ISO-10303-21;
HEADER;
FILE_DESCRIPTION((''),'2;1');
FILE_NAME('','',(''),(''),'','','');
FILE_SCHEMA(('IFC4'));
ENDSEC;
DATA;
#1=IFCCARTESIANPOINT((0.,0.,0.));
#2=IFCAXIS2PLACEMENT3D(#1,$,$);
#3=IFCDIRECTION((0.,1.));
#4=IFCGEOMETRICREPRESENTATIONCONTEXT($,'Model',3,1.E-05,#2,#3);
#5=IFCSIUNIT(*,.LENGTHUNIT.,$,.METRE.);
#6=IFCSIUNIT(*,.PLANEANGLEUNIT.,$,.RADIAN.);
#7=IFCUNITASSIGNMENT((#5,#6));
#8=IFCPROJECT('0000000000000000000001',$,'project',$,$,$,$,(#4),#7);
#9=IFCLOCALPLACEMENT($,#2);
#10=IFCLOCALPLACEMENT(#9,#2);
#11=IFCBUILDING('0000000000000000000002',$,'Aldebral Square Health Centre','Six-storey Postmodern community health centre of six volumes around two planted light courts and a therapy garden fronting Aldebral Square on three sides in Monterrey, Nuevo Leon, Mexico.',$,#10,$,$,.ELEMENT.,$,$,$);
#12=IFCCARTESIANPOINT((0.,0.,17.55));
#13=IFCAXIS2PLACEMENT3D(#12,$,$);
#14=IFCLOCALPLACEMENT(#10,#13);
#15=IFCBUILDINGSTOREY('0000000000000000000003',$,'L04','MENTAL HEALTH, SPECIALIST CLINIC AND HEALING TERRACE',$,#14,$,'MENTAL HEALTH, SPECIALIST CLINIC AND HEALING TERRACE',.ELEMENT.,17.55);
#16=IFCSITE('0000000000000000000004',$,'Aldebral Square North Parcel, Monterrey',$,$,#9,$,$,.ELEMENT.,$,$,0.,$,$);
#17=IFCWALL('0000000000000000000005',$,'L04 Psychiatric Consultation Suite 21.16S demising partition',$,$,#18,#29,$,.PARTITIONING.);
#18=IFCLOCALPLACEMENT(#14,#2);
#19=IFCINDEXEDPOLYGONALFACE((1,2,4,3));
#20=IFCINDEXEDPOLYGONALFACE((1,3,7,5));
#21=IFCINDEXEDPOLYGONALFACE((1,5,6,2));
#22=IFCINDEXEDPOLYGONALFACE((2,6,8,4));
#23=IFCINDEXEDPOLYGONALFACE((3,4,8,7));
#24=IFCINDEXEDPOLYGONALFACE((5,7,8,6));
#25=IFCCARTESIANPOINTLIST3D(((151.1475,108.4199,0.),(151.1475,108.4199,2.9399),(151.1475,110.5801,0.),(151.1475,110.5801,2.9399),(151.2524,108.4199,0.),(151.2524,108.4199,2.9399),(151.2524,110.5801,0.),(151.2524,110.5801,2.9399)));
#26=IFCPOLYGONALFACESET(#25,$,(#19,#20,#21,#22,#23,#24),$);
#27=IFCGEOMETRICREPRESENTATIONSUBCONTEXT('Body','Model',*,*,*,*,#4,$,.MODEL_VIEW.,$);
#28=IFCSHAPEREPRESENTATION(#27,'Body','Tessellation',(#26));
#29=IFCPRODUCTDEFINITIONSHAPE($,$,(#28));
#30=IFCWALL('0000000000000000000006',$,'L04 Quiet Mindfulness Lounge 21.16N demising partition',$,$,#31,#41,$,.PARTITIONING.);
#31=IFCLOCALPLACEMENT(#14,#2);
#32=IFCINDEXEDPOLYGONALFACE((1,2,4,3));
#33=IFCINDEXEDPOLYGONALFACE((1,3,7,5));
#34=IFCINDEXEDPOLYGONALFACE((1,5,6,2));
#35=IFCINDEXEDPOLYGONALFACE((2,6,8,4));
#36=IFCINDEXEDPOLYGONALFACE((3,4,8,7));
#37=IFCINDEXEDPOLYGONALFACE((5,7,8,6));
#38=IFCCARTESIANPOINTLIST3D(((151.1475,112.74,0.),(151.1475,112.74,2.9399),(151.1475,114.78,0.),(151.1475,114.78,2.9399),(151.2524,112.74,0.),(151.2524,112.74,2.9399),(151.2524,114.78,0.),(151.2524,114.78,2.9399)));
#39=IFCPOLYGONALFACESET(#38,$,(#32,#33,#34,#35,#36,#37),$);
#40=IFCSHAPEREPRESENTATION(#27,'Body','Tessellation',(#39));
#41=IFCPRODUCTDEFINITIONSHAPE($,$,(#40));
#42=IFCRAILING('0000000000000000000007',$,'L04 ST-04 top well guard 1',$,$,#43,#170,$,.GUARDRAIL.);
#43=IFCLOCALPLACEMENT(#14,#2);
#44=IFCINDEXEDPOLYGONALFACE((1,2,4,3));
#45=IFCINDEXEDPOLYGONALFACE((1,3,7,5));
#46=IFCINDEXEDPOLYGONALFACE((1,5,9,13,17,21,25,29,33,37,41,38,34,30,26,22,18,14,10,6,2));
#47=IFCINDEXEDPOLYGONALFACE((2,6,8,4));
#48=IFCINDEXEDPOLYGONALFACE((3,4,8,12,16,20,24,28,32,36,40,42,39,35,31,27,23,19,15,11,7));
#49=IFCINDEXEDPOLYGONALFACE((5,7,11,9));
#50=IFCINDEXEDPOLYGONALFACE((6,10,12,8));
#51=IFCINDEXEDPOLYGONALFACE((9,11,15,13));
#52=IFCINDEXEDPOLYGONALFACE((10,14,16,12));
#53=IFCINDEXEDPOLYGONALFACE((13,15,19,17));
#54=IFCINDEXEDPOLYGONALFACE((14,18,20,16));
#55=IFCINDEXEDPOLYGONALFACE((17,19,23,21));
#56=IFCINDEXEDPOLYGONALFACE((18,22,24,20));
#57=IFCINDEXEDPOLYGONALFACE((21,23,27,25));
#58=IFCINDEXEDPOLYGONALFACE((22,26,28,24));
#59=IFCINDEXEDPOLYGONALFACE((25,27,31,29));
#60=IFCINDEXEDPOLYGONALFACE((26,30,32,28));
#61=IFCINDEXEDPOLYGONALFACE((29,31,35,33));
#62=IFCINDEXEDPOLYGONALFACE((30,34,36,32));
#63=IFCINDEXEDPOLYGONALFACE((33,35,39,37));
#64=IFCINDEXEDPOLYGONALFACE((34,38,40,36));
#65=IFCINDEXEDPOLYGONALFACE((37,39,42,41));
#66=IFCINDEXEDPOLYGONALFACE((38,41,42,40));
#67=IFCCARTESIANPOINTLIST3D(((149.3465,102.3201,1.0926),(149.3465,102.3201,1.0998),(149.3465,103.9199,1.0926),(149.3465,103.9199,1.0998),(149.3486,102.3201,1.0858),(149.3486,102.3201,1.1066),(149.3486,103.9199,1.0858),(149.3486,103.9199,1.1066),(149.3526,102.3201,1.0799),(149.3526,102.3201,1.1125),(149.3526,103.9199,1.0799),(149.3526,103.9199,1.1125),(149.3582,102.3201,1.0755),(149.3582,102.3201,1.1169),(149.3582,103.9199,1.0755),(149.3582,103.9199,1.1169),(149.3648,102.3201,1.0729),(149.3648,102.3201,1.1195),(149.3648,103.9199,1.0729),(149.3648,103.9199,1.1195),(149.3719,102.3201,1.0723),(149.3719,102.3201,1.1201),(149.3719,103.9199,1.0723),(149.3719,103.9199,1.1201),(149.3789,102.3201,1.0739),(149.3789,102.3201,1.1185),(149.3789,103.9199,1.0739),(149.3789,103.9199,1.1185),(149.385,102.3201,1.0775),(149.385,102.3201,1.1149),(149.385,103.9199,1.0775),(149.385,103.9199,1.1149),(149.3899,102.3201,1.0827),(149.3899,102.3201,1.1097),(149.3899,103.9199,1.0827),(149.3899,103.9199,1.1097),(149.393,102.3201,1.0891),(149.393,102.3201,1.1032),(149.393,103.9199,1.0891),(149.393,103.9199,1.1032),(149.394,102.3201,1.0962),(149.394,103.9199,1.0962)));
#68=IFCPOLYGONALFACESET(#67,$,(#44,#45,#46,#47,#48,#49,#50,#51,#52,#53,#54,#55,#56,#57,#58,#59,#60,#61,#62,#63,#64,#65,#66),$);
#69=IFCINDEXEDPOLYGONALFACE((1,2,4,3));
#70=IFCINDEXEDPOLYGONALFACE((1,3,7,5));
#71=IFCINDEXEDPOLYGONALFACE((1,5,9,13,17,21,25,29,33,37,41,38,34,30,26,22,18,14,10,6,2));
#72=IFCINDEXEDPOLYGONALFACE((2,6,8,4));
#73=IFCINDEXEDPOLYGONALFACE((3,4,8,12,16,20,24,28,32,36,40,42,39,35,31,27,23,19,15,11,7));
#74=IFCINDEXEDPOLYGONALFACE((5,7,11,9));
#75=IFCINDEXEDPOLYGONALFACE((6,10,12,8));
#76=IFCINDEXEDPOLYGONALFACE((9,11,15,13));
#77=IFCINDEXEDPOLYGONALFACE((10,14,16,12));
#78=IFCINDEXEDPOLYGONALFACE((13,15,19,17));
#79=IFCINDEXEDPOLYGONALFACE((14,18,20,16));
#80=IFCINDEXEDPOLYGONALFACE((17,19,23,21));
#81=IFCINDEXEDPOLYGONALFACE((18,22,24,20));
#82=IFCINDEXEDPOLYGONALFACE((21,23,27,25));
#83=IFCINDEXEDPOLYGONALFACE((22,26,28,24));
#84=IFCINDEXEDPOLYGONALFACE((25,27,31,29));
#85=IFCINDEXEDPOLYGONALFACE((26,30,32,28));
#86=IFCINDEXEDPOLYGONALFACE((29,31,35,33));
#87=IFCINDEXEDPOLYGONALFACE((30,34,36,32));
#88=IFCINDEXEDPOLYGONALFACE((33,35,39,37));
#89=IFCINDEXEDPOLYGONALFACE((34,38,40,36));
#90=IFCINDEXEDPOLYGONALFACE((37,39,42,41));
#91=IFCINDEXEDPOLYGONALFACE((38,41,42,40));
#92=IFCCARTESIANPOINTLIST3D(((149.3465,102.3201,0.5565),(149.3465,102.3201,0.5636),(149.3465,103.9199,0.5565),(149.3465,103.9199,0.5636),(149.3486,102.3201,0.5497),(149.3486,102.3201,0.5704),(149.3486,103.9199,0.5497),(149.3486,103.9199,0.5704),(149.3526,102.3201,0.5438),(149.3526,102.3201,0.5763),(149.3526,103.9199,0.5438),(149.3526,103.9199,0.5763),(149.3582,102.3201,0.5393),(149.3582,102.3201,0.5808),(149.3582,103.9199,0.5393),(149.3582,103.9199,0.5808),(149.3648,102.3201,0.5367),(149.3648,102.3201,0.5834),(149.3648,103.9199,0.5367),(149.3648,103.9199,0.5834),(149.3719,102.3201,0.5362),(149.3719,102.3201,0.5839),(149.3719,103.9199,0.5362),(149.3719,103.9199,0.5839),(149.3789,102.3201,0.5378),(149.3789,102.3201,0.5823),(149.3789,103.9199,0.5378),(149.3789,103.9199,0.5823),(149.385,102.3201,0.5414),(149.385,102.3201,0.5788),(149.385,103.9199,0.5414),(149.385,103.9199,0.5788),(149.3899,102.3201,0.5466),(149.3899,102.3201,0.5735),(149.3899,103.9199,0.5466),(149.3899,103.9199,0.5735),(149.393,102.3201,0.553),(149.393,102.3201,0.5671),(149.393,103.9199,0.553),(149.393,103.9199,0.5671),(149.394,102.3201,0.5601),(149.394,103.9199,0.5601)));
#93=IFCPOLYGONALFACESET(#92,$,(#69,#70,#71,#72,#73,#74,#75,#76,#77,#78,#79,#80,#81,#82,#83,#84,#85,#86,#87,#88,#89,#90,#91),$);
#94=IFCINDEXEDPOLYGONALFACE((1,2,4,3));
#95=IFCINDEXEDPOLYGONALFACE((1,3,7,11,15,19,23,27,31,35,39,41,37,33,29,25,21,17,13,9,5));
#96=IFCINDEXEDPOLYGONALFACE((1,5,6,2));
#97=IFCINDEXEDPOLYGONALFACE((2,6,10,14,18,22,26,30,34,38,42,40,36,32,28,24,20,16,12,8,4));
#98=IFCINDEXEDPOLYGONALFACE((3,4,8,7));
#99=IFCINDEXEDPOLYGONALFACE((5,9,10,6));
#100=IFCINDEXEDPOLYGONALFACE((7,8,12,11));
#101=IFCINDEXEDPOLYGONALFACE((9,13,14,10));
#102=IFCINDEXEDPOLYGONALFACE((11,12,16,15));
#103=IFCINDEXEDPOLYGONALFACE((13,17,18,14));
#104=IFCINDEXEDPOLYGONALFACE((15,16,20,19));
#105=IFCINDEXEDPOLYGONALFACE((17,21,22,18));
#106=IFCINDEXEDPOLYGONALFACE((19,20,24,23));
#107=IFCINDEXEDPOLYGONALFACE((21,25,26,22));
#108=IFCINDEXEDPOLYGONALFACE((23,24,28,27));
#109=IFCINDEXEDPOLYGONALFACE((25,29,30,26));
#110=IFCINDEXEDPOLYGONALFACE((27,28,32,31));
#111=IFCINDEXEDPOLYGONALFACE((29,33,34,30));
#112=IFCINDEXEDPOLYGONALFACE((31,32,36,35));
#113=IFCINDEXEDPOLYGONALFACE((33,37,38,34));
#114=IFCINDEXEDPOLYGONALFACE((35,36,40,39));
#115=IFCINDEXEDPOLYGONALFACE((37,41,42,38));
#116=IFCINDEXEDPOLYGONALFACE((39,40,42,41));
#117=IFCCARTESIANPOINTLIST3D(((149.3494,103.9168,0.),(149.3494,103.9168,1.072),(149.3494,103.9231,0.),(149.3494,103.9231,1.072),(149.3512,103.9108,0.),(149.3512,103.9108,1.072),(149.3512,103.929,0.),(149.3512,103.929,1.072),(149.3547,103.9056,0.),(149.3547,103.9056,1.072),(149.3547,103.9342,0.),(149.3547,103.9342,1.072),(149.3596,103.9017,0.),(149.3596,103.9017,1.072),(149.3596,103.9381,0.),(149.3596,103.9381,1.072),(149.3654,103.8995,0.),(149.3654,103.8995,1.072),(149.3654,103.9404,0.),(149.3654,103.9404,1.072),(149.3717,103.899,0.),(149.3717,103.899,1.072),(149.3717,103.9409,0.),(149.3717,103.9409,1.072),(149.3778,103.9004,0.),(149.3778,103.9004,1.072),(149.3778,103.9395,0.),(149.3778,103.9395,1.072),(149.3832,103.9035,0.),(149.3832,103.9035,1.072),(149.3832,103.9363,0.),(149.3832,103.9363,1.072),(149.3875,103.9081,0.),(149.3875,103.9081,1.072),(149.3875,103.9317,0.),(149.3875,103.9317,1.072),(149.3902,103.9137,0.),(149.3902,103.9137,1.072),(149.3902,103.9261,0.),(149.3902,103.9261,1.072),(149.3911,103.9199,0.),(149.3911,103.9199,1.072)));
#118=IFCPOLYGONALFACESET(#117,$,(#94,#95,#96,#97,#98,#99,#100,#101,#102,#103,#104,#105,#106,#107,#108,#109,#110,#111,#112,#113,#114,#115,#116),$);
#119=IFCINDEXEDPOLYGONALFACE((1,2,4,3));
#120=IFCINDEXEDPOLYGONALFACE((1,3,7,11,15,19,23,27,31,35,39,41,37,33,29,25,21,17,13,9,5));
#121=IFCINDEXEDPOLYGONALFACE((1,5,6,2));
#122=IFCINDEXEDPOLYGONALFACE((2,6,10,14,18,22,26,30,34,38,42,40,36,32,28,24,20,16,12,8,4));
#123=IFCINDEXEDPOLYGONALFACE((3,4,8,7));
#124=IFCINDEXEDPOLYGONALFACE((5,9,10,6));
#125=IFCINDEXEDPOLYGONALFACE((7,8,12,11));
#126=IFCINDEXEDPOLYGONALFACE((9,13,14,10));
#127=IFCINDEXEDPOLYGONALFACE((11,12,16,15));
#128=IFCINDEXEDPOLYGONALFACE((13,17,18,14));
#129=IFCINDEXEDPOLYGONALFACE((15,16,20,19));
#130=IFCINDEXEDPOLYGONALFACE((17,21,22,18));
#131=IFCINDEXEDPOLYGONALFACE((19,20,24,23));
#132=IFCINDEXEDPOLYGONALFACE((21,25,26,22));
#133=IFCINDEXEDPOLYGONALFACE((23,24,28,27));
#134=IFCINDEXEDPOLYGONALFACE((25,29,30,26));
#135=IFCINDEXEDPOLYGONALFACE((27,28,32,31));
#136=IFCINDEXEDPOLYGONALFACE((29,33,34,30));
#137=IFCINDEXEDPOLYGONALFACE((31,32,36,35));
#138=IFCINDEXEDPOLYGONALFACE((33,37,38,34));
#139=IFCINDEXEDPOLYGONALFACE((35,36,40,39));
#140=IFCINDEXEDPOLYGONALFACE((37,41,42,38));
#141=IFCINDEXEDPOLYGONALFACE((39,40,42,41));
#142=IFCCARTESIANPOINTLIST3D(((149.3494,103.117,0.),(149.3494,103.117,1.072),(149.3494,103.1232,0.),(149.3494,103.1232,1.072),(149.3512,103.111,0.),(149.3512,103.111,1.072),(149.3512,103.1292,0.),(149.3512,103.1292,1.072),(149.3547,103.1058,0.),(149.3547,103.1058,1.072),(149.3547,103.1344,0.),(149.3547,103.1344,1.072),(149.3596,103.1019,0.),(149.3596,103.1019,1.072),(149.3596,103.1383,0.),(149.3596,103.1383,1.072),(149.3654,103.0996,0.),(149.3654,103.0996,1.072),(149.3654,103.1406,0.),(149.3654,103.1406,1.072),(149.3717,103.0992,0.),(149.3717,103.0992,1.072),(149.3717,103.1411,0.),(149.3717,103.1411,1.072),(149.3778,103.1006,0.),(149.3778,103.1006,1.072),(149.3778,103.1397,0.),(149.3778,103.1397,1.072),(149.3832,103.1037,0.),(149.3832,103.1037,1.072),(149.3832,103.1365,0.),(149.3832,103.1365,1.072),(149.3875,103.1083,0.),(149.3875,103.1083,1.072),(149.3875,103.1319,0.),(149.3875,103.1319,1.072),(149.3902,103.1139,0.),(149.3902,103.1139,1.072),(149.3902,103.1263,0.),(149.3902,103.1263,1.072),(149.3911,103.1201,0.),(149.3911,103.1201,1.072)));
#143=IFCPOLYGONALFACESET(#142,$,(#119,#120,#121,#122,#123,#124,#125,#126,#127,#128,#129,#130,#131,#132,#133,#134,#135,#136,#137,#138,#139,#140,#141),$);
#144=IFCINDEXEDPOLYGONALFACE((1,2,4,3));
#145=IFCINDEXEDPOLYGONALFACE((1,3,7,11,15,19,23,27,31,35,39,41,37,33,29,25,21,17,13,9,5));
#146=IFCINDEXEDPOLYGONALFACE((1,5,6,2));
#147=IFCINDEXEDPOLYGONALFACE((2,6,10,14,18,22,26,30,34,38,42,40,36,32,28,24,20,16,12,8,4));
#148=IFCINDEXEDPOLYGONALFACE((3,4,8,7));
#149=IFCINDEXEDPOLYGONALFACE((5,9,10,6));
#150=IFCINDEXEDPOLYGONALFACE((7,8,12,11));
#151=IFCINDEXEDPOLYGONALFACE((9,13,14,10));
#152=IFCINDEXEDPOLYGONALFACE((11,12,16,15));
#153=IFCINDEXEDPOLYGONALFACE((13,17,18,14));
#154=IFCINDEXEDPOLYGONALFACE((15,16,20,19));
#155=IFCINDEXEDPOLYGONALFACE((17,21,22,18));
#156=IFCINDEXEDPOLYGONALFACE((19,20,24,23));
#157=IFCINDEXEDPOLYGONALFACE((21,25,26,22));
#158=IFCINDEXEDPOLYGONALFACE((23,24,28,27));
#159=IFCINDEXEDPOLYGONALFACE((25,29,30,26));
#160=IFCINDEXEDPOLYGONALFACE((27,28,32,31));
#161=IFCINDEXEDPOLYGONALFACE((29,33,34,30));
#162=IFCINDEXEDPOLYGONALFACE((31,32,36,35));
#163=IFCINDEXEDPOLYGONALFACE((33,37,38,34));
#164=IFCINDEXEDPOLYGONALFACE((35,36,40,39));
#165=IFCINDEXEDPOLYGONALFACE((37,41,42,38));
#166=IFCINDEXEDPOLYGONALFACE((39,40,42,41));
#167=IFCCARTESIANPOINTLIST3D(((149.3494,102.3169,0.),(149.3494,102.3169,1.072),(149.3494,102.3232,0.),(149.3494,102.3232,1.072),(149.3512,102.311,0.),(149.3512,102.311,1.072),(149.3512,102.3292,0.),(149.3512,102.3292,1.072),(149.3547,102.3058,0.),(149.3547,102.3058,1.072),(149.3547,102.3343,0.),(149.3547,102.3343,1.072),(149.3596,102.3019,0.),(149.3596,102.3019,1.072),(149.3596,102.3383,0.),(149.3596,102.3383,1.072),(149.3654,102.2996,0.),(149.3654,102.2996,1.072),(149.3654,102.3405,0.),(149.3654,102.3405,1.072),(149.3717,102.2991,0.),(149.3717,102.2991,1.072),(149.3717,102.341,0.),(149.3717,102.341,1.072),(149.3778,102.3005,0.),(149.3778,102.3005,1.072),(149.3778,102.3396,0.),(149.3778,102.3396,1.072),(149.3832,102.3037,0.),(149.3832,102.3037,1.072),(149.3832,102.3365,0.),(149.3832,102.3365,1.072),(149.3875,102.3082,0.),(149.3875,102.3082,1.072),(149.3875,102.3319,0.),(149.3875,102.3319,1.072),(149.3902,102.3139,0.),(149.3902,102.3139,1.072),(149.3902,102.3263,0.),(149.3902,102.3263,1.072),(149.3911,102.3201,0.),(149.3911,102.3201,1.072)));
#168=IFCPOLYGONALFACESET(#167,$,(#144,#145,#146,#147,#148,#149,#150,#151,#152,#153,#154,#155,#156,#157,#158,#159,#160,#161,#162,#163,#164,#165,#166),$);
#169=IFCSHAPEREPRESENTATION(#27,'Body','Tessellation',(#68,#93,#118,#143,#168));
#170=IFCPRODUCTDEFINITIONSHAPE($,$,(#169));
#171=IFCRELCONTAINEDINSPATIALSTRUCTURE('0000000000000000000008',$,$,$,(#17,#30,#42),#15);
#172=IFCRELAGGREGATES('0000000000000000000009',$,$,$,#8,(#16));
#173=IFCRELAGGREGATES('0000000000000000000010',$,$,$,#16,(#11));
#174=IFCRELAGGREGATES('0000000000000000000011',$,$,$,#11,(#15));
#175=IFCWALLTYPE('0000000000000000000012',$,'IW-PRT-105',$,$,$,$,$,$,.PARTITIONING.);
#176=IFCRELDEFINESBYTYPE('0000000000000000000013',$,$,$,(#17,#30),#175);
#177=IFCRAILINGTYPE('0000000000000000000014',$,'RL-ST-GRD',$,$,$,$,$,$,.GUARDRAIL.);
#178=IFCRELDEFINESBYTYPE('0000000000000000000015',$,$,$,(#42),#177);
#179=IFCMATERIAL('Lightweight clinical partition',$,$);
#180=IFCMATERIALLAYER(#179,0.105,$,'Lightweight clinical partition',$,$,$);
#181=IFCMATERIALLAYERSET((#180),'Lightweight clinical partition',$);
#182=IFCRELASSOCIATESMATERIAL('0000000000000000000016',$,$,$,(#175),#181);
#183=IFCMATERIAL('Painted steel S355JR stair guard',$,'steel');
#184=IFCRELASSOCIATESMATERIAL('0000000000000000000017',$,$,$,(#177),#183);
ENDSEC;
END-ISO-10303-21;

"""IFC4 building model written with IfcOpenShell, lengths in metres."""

from ifc_helpers import new_model, si_unit, direction, frame, frame_2d, origin, origin_2d, place, context, subcontext, project, spatial, rectangle, circle, extrude, material, layer, layer_set, type_object, element, save


model = new_model("IFC4")

# Units and contexts
model_context = context("Model", 3, precision=1e-05, world=origin(), true_north=direction((0.0, 1.0)))
body_context = subcontext(model_context, "Body", "Model", "MODEL_VIEW")
ifc_project = project(units=[si_unit("LENGTHUNIT", "METRE"), si_unit("PLANEANGLEUNIT", "RADIAN")], contexts=[model_context])

# Site, building, storey
site_placement = place(None, origin())
site = spatial("IfcSite", under=ifc_project, at=site_placement, Name="Aldebral Square North Parcel, Monterrey", CompositionType="ELEMENT", RefElevation=0.0)
building_placement = place(site_placement, origin())
building = spatial("IfcBuilding", under=site, at=building_placement, Name="Aldebral Square Health Centre", Description="Six-storey Postmodern community health centre of six volumes around two planted light courts and a therapy garden fronting Aldebral Square on three sides in Monterrey, Nuevo Leon, Mexico.", CompositionType="ELEMENT")
storey_placement = place(building_placement, frame((0.0, 0.0, 17.55)))
storey = spatial("IfcBuildingStorey", under=building, at=storey_placement, Name="L04", Description="MENTAL HEALTH, SPECIALIST CLINIC AND HEALING TERRACE", LongName="MENTAL HEALTH, SPECIALIST CLINIC AND HEALING TERRACE", CompositionType="ELEMENT", Elevation=17.55)

# Walls
ifc_material_1 = material(Name="Lightweight clinical partition")
ifc_layer_1 = layer(ifc_material_1, 0.105, Name="Lightweight clinical partition")
ifc_layer_set_1 = layer_set([ifc_layer_1], Name="Lightweight clinical partition")
wall_type_1 = type_object("IfcWallType", Name="IW-PRT-105", PredefinedType="PARTITIONING", material=ifc_layer_set_1)
wall_1_placement = place(storey_placement, frame((151.2, 108.4199, 0.0), z_axis=(0.0, 0.0, 1.0), x_axis=(0.0, 1.0, 0.0)))
element("IfcWall", 1, at=wall_1_placement, inside=storey, type_object=wall_type_1, Name="L04 Psychiatric Consultation Suite 21.16S demising partition", PredefinedType="PARTITIONING", context=body_context, shape_type="SweptSolid", body=[
    extrude(rectangle(XDim=2.1602, YDim=0.105, at=frame_2d((1.0801, 0.0))), origin(), (0.0, 0.0, 1.0), 2.9399),
])
wall_2_placement = place(storey_placement, frame((151.2, 112.74, 0.0), z_axis=(0.0, 0.0, 1.0), x_axis=(0.0, 1.0, 0.0)))
element("IfcWall", 2, at=wall_2_placement, inside=storey, type_object=wall_type_1, Name="L04 Quiet Mindfulness Lounge 21.16N demising partition", PredefinedType="PARTITIONING", context=body_context, shape_type="SweptSolid", body=[
    extrude(rectangle(XDim=2.04, YDim=0.105, at=frame_2d((1.02, 0.0))), origin(), (0.0, 0.0, 1.0), 2.9399),
])

# Railing
ifc_material_2 = material(Name="Painted steel S355JR stair guard", Category="steel")
railing_type = type_object("IfcRailingType", Name="RL-ST-GRD", PredefinedType="GUARDRAIL", material=ifc_material_2)
railing_1_placement = place(storey_placement, frame((149.3701, 103.9199, 0.0)))
element("IfcRailing", 3, at=railing_1_placement, inside=storey, type_object=railing_type, Name="L04 ST-04 top well guard 1", PredefinedType="GUARDRAIL", context=body_context, shape_type="SweptSolid", body=[
    extrude(circle(Radius=0.0239, at=origin_2d()), frame((0.0, 0.0, 1.0962), z_axis=(0.0, -1.0, 0.0), x_axis=(1.0, 0.0, 0.0)), (0.0, 0.0, 1.0), 1.5999),
    extrude(circle(Radius=0.0239, at=origin_2d()), frame((0.0, 0.0, 0.5601), z_axis=(0.0, -1.0, 0.0), x_axis=(1.0, 0.0, 0.0)), (0.0, 0.0, 1.0), 1.5999),
    extrude(circle(Radius=0.021, at=origin_2d()), origin(), (0.0, 0.0, 1.0), 1.072),
    extrude(circle(Radius=0.021, at=origin_2d()), frame((0.0, -0.7998, 0.0)), (0.0, 0.0, 1.0), 1.072),
    extrude(circle(Radius=0.021, at=origin_2d()), frame((0.0, -1.5999, 0.0)), (0.0, 0.0, 1.0), 1.072),
])

save(model, "model.ifc")
